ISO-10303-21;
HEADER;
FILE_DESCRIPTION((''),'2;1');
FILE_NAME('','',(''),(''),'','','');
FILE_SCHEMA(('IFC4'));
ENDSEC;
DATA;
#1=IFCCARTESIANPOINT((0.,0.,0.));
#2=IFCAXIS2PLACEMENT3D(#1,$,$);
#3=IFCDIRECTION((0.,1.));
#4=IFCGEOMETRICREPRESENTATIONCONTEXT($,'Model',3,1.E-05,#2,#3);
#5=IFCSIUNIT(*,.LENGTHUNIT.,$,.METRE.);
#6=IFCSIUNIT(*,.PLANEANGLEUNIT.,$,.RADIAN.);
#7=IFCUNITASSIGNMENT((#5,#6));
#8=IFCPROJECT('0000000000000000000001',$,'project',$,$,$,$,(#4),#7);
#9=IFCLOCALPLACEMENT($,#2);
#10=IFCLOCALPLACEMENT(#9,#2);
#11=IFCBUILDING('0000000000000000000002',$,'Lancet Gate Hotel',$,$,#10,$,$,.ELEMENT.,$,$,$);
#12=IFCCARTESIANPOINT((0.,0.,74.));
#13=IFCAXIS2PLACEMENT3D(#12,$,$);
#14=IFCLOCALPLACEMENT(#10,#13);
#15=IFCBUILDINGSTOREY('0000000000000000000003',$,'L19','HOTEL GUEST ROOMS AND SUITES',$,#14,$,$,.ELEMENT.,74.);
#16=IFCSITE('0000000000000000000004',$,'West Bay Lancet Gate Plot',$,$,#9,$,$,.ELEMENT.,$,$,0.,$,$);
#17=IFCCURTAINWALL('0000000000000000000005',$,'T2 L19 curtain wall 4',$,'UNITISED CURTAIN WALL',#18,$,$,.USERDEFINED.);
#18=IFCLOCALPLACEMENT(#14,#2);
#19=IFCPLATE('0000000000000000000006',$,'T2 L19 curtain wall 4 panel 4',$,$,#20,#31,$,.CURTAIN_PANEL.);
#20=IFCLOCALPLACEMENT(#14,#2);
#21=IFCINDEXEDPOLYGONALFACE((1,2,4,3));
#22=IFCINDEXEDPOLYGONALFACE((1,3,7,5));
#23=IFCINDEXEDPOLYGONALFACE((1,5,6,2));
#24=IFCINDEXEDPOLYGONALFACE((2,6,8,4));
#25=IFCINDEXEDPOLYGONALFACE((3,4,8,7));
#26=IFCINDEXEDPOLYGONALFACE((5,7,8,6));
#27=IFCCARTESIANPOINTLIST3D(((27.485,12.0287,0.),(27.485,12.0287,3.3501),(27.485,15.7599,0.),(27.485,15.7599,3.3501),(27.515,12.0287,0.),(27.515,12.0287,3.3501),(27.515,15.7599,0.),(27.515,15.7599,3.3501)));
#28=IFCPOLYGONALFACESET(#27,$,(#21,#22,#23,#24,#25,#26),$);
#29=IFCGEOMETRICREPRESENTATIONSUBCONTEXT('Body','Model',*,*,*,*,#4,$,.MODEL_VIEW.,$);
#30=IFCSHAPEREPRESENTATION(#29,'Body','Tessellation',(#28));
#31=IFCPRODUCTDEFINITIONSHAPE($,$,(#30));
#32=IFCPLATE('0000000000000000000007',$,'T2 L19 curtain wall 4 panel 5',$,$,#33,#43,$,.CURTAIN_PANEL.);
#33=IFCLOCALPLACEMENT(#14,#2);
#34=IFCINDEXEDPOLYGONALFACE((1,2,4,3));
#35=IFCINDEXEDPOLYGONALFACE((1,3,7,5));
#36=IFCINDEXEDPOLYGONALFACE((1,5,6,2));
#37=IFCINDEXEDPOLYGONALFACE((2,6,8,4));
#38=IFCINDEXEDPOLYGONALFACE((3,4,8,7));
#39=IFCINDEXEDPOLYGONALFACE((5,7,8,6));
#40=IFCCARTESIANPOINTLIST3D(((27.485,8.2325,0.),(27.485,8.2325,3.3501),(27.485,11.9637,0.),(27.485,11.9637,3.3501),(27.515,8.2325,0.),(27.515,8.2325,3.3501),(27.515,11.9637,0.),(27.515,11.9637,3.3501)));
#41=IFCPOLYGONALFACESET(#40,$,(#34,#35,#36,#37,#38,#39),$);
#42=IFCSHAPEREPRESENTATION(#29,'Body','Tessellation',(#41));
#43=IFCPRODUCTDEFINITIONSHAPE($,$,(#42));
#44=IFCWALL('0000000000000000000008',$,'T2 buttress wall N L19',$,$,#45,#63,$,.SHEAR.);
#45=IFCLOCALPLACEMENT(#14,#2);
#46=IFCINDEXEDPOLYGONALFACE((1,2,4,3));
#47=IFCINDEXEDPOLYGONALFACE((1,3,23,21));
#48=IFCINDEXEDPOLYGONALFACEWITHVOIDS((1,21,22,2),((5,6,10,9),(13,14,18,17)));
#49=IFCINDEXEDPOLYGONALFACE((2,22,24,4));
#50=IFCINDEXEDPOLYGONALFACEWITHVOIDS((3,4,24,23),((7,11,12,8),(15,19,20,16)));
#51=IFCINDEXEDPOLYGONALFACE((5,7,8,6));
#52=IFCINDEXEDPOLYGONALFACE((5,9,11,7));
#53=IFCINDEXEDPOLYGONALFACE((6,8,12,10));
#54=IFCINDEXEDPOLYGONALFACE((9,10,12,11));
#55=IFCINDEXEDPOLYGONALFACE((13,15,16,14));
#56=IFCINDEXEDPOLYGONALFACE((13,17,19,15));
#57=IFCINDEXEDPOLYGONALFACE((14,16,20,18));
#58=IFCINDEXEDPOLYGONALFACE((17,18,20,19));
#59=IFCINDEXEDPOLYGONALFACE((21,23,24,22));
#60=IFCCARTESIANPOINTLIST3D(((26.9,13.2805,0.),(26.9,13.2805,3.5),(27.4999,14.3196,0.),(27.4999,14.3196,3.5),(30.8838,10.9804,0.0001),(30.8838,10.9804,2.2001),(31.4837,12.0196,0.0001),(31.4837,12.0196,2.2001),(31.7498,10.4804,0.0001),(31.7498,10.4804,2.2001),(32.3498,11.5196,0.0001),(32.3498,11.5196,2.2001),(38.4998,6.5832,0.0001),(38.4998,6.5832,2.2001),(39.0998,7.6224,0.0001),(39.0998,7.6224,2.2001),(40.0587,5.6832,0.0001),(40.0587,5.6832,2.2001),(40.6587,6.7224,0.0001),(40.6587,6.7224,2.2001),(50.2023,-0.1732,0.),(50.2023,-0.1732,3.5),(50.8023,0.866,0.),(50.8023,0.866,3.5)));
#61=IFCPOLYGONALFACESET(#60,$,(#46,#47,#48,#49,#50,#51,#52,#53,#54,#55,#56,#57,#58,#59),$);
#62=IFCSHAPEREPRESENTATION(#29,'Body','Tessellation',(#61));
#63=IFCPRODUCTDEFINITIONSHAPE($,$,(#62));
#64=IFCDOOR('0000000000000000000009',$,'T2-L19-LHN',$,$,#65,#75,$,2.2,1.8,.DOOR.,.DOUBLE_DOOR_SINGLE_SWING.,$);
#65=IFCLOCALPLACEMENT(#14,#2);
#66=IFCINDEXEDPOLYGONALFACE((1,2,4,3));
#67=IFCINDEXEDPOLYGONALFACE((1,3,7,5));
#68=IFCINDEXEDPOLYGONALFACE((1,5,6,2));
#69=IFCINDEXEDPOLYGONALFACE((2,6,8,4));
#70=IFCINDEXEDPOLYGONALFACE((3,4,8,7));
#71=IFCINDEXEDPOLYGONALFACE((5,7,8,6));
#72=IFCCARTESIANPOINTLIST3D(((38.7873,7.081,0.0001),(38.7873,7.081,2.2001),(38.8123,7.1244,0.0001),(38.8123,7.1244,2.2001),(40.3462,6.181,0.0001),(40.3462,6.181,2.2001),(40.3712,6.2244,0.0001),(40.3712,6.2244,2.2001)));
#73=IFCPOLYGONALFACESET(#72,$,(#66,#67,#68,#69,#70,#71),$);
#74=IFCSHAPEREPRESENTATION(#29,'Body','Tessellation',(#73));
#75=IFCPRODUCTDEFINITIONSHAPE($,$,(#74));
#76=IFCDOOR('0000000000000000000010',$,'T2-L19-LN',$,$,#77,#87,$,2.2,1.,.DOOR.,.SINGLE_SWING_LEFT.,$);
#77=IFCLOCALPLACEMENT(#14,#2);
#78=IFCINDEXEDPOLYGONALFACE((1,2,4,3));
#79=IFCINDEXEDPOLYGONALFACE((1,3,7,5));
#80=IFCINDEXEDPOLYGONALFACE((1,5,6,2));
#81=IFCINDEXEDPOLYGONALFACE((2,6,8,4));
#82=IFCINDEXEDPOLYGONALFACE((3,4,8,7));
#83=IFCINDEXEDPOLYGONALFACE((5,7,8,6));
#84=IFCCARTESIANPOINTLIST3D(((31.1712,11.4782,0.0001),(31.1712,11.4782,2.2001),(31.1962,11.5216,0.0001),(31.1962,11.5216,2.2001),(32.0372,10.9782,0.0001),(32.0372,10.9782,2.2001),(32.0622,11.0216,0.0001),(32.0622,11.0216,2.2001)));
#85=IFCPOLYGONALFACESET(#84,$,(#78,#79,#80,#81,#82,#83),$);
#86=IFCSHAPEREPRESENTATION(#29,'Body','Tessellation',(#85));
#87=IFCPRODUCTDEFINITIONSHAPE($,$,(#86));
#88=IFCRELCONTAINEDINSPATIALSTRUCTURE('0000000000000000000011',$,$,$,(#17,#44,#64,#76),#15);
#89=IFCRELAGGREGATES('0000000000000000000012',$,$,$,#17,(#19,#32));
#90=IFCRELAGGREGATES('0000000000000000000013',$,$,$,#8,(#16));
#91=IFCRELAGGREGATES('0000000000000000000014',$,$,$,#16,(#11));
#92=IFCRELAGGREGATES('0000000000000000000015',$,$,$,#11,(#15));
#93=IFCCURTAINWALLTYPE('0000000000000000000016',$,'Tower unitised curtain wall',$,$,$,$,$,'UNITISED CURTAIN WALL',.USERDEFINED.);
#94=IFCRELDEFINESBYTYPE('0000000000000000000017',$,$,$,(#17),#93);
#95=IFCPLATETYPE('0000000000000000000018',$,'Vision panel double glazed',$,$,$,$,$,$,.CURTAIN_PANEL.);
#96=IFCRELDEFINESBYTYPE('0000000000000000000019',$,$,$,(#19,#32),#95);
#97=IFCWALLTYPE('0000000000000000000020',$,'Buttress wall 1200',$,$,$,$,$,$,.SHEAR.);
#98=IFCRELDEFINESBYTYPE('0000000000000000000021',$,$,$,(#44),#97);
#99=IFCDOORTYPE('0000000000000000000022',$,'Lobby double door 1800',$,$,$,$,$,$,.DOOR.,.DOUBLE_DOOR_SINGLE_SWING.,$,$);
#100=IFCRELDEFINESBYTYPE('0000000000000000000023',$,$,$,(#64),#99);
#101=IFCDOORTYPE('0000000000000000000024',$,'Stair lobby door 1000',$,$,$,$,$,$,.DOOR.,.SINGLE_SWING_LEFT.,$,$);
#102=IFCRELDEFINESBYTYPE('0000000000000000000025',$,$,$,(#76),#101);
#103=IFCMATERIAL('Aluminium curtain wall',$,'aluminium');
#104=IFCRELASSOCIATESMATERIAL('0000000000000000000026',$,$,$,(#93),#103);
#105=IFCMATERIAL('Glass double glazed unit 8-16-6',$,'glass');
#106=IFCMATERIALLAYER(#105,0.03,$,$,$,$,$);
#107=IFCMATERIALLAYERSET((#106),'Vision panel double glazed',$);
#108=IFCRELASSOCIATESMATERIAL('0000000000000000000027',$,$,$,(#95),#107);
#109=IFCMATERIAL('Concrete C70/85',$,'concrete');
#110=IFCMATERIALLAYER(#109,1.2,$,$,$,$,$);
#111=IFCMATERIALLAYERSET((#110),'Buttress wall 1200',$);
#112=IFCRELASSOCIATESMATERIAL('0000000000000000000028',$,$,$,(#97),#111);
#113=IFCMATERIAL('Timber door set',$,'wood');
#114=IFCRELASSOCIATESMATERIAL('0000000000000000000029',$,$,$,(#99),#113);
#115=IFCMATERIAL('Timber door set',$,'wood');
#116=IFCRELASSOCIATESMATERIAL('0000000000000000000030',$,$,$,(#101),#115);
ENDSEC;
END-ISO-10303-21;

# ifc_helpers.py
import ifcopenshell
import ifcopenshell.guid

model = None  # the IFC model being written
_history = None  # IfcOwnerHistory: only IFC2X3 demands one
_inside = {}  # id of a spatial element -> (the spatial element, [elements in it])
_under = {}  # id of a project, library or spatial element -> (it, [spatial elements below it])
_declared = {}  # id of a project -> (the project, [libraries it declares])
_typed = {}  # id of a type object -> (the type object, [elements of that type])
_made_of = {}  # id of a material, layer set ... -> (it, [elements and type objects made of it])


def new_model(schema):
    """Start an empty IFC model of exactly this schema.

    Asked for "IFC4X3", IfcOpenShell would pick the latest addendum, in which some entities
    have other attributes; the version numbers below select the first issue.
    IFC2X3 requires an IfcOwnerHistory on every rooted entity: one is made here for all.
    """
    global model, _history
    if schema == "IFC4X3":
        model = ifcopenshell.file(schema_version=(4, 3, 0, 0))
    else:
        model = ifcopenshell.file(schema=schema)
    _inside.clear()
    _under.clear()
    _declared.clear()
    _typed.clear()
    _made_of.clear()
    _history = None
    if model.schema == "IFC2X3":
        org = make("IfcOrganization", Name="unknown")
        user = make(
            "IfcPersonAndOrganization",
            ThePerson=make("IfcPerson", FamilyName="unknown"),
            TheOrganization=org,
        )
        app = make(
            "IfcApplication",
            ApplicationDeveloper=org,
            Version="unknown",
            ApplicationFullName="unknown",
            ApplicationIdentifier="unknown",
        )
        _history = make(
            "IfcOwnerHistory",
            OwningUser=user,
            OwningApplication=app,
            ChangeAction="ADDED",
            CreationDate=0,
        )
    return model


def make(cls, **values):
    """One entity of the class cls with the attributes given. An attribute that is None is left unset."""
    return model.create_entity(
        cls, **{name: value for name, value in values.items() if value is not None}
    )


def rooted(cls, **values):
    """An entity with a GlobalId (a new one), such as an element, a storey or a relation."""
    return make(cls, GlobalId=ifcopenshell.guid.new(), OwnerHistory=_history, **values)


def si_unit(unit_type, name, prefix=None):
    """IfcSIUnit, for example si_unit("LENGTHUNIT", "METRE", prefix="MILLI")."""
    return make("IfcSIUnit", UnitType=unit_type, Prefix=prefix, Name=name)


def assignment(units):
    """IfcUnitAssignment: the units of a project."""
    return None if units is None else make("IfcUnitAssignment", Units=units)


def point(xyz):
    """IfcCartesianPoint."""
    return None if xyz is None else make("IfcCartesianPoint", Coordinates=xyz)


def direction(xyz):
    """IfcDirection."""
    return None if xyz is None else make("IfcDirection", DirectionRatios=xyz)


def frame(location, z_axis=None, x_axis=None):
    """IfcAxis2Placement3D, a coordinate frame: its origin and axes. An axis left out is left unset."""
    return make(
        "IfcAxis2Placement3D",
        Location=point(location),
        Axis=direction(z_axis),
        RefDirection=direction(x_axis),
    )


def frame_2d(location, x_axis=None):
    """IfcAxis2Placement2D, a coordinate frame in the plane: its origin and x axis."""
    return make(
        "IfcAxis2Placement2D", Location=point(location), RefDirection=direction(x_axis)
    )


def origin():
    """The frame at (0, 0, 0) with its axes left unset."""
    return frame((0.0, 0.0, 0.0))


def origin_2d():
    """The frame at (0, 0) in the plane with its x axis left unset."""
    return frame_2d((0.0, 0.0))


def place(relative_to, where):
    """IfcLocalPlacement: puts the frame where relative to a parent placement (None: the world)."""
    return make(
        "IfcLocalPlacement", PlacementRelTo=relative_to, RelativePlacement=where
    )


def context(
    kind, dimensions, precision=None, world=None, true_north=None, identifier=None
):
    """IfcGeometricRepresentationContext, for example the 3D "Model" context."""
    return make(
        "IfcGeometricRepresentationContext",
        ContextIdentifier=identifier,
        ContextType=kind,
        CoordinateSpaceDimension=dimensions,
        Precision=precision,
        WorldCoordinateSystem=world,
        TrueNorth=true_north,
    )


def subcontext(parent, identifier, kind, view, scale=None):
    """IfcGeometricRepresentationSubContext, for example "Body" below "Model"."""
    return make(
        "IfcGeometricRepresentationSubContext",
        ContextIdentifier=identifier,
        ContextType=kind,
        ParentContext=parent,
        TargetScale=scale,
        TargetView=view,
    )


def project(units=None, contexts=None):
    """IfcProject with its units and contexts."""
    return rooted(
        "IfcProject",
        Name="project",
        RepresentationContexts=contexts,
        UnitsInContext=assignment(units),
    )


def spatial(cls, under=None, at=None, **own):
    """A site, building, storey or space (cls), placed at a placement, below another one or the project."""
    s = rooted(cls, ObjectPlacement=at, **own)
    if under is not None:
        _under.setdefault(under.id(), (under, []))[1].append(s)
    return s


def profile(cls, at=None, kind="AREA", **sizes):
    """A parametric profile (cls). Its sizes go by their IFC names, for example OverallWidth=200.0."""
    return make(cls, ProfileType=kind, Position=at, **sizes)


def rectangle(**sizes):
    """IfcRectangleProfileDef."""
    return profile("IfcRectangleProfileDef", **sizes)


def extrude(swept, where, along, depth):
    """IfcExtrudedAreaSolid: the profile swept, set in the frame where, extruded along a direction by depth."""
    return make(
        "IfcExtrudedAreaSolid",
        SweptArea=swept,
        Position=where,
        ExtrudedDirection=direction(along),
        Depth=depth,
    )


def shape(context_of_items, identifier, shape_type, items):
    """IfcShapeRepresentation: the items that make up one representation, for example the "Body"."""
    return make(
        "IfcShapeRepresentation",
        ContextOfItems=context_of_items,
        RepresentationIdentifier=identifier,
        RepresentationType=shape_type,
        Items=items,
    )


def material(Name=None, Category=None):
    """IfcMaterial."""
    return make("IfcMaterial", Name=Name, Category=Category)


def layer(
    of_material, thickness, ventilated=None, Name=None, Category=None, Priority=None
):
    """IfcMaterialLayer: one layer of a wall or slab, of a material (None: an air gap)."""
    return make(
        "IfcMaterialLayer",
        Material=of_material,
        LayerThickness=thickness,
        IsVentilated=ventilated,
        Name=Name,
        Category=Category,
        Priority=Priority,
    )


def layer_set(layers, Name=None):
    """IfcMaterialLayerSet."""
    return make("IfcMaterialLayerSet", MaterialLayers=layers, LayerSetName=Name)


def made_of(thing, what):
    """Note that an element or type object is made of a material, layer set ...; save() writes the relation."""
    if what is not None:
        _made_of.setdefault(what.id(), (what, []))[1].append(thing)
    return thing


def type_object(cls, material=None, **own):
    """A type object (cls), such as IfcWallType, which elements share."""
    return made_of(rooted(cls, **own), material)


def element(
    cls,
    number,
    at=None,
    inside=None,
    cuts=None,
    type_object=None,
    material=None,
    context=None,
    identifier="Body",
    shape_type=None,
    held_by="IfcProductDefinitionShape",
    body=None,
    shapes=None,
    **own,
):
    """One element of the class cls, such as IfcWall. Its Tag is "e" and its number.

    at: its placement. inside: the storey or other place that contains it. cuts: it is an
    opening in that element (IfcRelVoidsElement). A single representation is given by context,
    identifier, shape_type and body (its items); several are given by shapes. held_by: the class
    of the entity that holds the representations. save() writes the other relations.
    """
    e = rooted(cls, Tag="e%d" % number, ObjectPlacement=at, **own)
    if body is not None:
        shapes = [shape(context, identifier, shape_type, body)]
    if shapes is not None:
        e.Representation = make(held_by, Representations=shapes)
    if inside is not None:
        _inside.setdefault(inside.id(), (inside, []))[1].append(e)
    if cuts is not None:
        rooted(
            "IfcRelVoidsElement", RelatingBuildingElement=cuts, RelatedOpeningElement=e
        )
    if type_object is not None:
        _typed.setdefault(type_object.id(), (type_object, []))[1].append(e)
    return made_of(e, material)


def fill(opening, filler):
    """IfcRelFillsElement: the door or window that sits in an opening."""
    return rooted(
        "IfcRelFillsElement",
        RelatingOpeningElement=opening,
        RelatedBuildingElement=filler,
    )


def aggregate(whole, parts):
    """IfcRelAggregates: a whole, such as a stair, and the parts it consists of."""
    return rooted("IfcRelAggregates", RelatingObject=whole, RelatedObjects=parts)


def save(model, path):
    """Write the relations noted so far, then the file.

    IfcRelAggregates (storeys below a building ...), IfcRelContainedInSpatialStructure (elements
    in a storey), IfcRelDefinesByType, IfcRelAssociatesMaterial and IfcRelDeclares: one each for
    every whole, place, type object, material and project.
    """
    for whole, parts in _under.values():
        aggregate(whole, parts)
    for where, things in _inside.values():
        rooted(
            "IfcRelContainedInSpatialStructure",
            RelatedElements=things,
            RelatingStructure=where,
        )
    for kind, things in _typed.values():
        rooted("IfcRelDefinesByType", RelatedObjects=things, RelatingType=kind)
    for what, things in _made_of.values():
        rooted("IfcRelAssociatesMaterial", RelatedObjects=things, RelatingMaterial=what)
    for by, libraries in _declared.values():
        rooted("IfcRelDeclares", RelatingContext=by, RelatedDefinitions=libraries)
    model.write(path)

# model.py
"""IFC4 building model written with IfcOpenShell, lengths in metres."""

from ifc_helpers import new_model, si_unit, direction, frame, frame_2d, origin, origin_2d, place, context, subcontext, project, spatial, rectangle, extrude, material, layer, layer_set, type_object, element, fill, aggregate, save


model = new_model("IFC4")

# Units and contexts
model_context = context("Model", 3, precision=1e-05, world=origin(), true_north=direction((0.0, 1.0)))
body_context = subcontext(model_context, "Body", "Model", "MODEL_VIEW")
ifc_project = project(units=[si_unit("LENGTHUNIT", "METRE"), si_unit("PLANEANGLEUNIT", "RADIAN")], contexts=[model_context])

# Site, building, storey
site_placement = place(None, origin())
site = spatial("IfcSite", under=ifc_project, at=site_placement, Name="West Bay Lancet Gate Plot", CompositionType="ELEMENT", RefElevation=0.0)
building_placement = place(site_placement, origin())
building = spatial("IfcBuilding", under=site, at=building_placement, Name="Lancet Gate Hotel", CompositionType="ELEMENT")
storey_placement = place(building_placement, frame((0.0, 0.0, 74.0)))
storey = spatial("IfcBuildingStorey", under=building, at=storey_placement, Name="L19", Description="HOTEL GUEST ROOMS AND SUITES", CompositionType="ELEMENT", Elevation=74.0)

# Curtain wall
ifc_material_1 = material(Name="Aluminium curtain wall", Category="aluminium")
curtain_wall_type = type_object("IfcCurtainWallType", Name="Tower unitised curtain wall", ElementType="UNITISED CURTAIN WALL", PredefinedType="USERDEFINED", material=ifc_material_1)
curtain_wall_placement = place(storey_placement, origin())
curtain_wall = element("IfcCurtainWall", 1, at=curtain_wall_placement, inside=storey, type_object=curtain_wall_type, Name="T2 L19 curtain wall 4", ObjectType="UNITISED CURTAIN WALL", PredefinedType="USERDEFINED")

# Plates
ifc_material_2 = material(Name="Glass double glazed unit 8-16-6", Category="glass")
ifc_layer_1 = layer(ifc_material_2, 0.03)
ifc_layer_set_1 = layer_set([ifc_layer_1], Name="Vision panel double glazed")
plate_type = type_object("IfcPlateType", Name="Vision panel double glazed", PredefinedType="CURTAIN_PANEL", material=ifc_layer_set_1)
plate_1_placement = place(storey_placement, frame((27.5, 13.8943, 0.0), z_axis=(0.0, 0.0, 1.0), x_axis=(0.0, -1.0, 0.0)))
plate_1 = element("IfcPlate", 2, at=plate_1_placement, type_object=plate_type, Name="T2 L19 curtain wall 4 panel 4", PredefinedType="CURTAIN_PANEL", context=body_context, shape_type="SweptSolid", body=[
    extrude(rectangle(XDim=3.7312, YDim=0.03, at=origin_2d()), origin(), (0.0, 0.0, 1.0), 3.3501),
])
plate_2_placement = place(storey_placement, frame((27.5, 10.0981, 0.0), z_axis=(0.0, 0.0, 1.0), x_axis=(0.0, -1.0, 0.0)))
plate_2 = element("IfcPlate", 3, at=plate_2_placement, type_object=plate_type, Name="T2 L19 curtain wall 4 panel 5", PredefinedType="CURTAIN_PANEL", context=body_context, shape_type="SweptSolid", body=[
    extrude(rectangle(XDim=3.7312, YDim=0.03, at=origin_2d()), origin(), (0.0, 0.0, 1.0), 3.3501),
])
aggregate(curtain_wall, [plate_1, plate_2])

# Wall, openings, doors
ifc_material_3 = material(Name="Concrete C70/85", Category="concrete")
ifc_layer_2 = layer(ifc_material_3, 1.2)
ifc_layer_set_2 = layer_set([ifc_layer_2], Name="Buttress wall 1200")
wall_type = type_object("IfcWallType", Name="Buttress wall 1200", PredefinedType="SHEAR", material=ifc_layer_set_2)
wall_placement = place(storey_placement, frame((27.2, 13.8, 0.0), z_axis=(0.0, 0.0, 1.0), x_axis=(0.866025, -0.500002, 0.0)))
wall = element("IfcWall", 4, at=wall_placement, inside=storey, type_object=wall_type, Name="T2 buttress wall N L19", PredefinedType="SHEAR", context=body_context, shape_type="SweptSolid", body=[
    extrude(rectangle(XDim=26.9072, YDim=1.2, at=frame_2d((13.4536, 0.0))), origin(), (0.0, 0.0, 1.0), 3.5),
])
opening_1_placement = place(wall_placement, frame((4.6001, 0.0, 0.0)))
opening_1 = element("IfcOpeningElement", 5, at=opening_1_placement, cuts=wall, PredefinedType="OPENING", context=body_context, shape_type="SweptSolid", body=[
    extrude(rectangle(XDim=1.0, YDim=2.2, at=frame_2d((0.5, 1.1001))), frame((0.0, 0.6099, 0.0), z_axis=(0.0, -1.0, 0.0), x_axis=(1.0, 0.0, 0.0)), (0.0, 0.0, 1.0), 1.22),
])
opening_2_placement = place(wall_placement, frame((13.3945, 0.0, 0.0)))
opening_2 = element("IfcOpeningElement", 6, at=opening_2_placement, cuts=wall, PredefinedType="OPENING", context=body_context, shape_type="SweptSolid", body=[
    extrude(rectangle(XDim=1.8, YDim=2.2, at=frame_2d((0.8999, 1.1001))), frame((0.0, 0.6099, 0.0), z_axis=(0.0, -1.0, 0.0), x_axis=(1.0, 0.0, 0.0)), (0.0, 0.0, 1.0), 1.22),
])
ifc_material_4 = material(Name="Timber door set", Category="wood")
door_type_1 = type_object("IfcDoorType", Name="Lobby double door 1800", OperationType="DOUBLE_DOOR_SINGLE_SWING", PredefinedType="DOOR", material=ifc_material_4)
door_1_placement = place(opening_2_placement, origin())
door_1 = element("IfcDoor", 7, at=door_1_placement, inside=storey, type_object=door_type_1, Name="T2-L19-LHN", OperationType="DOUBLE_DOOR_SINGLE_SWING", OverallHeight=2.2, OverallWidth=1.8, PredefinedType="DOOR", context=body_context, shape_type="SweptSolid", body=[
    extrude(rectangle(XDim=1.8, YDim=2.2, at=frame_2d((0.8999, 1.1001))), frame((0.0, 0.0249, 0.0), z_axis=(0.0, -1.0, 0.0), x_axis=(1.0, 0.0, 0.0)), (0.0, 0.0, 1.0), 0.05),
])
fill(opening_2, door_1)
ifc_material_5 = material(Name="Timber door set", Category="wood")
door_type_2 = type_object("IfcDoorType", Name="Stair lobby door 1000", OperationType="SINGLE_SWING_LEFT", PredefinedType="DOOR", material=ifc_material_5)
door_2_placement = place(opening_1_placement, origin())
door_2 = element("IfcDoor", 8, at=door_2_placement, inside=storey, type_object=door_type_2, Name="T2-L19-LN", OperationType="SINGLE_SWING_LEFT", OverallHeight=2.2, OverallWidth=1.0, PredefinedType="DOOR", context=body_context, shape_type="SweptSolid", body=[
    extrude(rectangle(XDim=1.0, YDim=2.2, at=frame_2d((0.5, 1.1001))), frame((0.0, 0.0249, 0.0), z_axis=(0.0, -1.0, 0.0), x_axis=(1.0, 0.0, 0.0)), (0.0, 0.0, 1.0), 0.05),
])
fill(opening_1, door_2)

save(model, "model.ifc")
